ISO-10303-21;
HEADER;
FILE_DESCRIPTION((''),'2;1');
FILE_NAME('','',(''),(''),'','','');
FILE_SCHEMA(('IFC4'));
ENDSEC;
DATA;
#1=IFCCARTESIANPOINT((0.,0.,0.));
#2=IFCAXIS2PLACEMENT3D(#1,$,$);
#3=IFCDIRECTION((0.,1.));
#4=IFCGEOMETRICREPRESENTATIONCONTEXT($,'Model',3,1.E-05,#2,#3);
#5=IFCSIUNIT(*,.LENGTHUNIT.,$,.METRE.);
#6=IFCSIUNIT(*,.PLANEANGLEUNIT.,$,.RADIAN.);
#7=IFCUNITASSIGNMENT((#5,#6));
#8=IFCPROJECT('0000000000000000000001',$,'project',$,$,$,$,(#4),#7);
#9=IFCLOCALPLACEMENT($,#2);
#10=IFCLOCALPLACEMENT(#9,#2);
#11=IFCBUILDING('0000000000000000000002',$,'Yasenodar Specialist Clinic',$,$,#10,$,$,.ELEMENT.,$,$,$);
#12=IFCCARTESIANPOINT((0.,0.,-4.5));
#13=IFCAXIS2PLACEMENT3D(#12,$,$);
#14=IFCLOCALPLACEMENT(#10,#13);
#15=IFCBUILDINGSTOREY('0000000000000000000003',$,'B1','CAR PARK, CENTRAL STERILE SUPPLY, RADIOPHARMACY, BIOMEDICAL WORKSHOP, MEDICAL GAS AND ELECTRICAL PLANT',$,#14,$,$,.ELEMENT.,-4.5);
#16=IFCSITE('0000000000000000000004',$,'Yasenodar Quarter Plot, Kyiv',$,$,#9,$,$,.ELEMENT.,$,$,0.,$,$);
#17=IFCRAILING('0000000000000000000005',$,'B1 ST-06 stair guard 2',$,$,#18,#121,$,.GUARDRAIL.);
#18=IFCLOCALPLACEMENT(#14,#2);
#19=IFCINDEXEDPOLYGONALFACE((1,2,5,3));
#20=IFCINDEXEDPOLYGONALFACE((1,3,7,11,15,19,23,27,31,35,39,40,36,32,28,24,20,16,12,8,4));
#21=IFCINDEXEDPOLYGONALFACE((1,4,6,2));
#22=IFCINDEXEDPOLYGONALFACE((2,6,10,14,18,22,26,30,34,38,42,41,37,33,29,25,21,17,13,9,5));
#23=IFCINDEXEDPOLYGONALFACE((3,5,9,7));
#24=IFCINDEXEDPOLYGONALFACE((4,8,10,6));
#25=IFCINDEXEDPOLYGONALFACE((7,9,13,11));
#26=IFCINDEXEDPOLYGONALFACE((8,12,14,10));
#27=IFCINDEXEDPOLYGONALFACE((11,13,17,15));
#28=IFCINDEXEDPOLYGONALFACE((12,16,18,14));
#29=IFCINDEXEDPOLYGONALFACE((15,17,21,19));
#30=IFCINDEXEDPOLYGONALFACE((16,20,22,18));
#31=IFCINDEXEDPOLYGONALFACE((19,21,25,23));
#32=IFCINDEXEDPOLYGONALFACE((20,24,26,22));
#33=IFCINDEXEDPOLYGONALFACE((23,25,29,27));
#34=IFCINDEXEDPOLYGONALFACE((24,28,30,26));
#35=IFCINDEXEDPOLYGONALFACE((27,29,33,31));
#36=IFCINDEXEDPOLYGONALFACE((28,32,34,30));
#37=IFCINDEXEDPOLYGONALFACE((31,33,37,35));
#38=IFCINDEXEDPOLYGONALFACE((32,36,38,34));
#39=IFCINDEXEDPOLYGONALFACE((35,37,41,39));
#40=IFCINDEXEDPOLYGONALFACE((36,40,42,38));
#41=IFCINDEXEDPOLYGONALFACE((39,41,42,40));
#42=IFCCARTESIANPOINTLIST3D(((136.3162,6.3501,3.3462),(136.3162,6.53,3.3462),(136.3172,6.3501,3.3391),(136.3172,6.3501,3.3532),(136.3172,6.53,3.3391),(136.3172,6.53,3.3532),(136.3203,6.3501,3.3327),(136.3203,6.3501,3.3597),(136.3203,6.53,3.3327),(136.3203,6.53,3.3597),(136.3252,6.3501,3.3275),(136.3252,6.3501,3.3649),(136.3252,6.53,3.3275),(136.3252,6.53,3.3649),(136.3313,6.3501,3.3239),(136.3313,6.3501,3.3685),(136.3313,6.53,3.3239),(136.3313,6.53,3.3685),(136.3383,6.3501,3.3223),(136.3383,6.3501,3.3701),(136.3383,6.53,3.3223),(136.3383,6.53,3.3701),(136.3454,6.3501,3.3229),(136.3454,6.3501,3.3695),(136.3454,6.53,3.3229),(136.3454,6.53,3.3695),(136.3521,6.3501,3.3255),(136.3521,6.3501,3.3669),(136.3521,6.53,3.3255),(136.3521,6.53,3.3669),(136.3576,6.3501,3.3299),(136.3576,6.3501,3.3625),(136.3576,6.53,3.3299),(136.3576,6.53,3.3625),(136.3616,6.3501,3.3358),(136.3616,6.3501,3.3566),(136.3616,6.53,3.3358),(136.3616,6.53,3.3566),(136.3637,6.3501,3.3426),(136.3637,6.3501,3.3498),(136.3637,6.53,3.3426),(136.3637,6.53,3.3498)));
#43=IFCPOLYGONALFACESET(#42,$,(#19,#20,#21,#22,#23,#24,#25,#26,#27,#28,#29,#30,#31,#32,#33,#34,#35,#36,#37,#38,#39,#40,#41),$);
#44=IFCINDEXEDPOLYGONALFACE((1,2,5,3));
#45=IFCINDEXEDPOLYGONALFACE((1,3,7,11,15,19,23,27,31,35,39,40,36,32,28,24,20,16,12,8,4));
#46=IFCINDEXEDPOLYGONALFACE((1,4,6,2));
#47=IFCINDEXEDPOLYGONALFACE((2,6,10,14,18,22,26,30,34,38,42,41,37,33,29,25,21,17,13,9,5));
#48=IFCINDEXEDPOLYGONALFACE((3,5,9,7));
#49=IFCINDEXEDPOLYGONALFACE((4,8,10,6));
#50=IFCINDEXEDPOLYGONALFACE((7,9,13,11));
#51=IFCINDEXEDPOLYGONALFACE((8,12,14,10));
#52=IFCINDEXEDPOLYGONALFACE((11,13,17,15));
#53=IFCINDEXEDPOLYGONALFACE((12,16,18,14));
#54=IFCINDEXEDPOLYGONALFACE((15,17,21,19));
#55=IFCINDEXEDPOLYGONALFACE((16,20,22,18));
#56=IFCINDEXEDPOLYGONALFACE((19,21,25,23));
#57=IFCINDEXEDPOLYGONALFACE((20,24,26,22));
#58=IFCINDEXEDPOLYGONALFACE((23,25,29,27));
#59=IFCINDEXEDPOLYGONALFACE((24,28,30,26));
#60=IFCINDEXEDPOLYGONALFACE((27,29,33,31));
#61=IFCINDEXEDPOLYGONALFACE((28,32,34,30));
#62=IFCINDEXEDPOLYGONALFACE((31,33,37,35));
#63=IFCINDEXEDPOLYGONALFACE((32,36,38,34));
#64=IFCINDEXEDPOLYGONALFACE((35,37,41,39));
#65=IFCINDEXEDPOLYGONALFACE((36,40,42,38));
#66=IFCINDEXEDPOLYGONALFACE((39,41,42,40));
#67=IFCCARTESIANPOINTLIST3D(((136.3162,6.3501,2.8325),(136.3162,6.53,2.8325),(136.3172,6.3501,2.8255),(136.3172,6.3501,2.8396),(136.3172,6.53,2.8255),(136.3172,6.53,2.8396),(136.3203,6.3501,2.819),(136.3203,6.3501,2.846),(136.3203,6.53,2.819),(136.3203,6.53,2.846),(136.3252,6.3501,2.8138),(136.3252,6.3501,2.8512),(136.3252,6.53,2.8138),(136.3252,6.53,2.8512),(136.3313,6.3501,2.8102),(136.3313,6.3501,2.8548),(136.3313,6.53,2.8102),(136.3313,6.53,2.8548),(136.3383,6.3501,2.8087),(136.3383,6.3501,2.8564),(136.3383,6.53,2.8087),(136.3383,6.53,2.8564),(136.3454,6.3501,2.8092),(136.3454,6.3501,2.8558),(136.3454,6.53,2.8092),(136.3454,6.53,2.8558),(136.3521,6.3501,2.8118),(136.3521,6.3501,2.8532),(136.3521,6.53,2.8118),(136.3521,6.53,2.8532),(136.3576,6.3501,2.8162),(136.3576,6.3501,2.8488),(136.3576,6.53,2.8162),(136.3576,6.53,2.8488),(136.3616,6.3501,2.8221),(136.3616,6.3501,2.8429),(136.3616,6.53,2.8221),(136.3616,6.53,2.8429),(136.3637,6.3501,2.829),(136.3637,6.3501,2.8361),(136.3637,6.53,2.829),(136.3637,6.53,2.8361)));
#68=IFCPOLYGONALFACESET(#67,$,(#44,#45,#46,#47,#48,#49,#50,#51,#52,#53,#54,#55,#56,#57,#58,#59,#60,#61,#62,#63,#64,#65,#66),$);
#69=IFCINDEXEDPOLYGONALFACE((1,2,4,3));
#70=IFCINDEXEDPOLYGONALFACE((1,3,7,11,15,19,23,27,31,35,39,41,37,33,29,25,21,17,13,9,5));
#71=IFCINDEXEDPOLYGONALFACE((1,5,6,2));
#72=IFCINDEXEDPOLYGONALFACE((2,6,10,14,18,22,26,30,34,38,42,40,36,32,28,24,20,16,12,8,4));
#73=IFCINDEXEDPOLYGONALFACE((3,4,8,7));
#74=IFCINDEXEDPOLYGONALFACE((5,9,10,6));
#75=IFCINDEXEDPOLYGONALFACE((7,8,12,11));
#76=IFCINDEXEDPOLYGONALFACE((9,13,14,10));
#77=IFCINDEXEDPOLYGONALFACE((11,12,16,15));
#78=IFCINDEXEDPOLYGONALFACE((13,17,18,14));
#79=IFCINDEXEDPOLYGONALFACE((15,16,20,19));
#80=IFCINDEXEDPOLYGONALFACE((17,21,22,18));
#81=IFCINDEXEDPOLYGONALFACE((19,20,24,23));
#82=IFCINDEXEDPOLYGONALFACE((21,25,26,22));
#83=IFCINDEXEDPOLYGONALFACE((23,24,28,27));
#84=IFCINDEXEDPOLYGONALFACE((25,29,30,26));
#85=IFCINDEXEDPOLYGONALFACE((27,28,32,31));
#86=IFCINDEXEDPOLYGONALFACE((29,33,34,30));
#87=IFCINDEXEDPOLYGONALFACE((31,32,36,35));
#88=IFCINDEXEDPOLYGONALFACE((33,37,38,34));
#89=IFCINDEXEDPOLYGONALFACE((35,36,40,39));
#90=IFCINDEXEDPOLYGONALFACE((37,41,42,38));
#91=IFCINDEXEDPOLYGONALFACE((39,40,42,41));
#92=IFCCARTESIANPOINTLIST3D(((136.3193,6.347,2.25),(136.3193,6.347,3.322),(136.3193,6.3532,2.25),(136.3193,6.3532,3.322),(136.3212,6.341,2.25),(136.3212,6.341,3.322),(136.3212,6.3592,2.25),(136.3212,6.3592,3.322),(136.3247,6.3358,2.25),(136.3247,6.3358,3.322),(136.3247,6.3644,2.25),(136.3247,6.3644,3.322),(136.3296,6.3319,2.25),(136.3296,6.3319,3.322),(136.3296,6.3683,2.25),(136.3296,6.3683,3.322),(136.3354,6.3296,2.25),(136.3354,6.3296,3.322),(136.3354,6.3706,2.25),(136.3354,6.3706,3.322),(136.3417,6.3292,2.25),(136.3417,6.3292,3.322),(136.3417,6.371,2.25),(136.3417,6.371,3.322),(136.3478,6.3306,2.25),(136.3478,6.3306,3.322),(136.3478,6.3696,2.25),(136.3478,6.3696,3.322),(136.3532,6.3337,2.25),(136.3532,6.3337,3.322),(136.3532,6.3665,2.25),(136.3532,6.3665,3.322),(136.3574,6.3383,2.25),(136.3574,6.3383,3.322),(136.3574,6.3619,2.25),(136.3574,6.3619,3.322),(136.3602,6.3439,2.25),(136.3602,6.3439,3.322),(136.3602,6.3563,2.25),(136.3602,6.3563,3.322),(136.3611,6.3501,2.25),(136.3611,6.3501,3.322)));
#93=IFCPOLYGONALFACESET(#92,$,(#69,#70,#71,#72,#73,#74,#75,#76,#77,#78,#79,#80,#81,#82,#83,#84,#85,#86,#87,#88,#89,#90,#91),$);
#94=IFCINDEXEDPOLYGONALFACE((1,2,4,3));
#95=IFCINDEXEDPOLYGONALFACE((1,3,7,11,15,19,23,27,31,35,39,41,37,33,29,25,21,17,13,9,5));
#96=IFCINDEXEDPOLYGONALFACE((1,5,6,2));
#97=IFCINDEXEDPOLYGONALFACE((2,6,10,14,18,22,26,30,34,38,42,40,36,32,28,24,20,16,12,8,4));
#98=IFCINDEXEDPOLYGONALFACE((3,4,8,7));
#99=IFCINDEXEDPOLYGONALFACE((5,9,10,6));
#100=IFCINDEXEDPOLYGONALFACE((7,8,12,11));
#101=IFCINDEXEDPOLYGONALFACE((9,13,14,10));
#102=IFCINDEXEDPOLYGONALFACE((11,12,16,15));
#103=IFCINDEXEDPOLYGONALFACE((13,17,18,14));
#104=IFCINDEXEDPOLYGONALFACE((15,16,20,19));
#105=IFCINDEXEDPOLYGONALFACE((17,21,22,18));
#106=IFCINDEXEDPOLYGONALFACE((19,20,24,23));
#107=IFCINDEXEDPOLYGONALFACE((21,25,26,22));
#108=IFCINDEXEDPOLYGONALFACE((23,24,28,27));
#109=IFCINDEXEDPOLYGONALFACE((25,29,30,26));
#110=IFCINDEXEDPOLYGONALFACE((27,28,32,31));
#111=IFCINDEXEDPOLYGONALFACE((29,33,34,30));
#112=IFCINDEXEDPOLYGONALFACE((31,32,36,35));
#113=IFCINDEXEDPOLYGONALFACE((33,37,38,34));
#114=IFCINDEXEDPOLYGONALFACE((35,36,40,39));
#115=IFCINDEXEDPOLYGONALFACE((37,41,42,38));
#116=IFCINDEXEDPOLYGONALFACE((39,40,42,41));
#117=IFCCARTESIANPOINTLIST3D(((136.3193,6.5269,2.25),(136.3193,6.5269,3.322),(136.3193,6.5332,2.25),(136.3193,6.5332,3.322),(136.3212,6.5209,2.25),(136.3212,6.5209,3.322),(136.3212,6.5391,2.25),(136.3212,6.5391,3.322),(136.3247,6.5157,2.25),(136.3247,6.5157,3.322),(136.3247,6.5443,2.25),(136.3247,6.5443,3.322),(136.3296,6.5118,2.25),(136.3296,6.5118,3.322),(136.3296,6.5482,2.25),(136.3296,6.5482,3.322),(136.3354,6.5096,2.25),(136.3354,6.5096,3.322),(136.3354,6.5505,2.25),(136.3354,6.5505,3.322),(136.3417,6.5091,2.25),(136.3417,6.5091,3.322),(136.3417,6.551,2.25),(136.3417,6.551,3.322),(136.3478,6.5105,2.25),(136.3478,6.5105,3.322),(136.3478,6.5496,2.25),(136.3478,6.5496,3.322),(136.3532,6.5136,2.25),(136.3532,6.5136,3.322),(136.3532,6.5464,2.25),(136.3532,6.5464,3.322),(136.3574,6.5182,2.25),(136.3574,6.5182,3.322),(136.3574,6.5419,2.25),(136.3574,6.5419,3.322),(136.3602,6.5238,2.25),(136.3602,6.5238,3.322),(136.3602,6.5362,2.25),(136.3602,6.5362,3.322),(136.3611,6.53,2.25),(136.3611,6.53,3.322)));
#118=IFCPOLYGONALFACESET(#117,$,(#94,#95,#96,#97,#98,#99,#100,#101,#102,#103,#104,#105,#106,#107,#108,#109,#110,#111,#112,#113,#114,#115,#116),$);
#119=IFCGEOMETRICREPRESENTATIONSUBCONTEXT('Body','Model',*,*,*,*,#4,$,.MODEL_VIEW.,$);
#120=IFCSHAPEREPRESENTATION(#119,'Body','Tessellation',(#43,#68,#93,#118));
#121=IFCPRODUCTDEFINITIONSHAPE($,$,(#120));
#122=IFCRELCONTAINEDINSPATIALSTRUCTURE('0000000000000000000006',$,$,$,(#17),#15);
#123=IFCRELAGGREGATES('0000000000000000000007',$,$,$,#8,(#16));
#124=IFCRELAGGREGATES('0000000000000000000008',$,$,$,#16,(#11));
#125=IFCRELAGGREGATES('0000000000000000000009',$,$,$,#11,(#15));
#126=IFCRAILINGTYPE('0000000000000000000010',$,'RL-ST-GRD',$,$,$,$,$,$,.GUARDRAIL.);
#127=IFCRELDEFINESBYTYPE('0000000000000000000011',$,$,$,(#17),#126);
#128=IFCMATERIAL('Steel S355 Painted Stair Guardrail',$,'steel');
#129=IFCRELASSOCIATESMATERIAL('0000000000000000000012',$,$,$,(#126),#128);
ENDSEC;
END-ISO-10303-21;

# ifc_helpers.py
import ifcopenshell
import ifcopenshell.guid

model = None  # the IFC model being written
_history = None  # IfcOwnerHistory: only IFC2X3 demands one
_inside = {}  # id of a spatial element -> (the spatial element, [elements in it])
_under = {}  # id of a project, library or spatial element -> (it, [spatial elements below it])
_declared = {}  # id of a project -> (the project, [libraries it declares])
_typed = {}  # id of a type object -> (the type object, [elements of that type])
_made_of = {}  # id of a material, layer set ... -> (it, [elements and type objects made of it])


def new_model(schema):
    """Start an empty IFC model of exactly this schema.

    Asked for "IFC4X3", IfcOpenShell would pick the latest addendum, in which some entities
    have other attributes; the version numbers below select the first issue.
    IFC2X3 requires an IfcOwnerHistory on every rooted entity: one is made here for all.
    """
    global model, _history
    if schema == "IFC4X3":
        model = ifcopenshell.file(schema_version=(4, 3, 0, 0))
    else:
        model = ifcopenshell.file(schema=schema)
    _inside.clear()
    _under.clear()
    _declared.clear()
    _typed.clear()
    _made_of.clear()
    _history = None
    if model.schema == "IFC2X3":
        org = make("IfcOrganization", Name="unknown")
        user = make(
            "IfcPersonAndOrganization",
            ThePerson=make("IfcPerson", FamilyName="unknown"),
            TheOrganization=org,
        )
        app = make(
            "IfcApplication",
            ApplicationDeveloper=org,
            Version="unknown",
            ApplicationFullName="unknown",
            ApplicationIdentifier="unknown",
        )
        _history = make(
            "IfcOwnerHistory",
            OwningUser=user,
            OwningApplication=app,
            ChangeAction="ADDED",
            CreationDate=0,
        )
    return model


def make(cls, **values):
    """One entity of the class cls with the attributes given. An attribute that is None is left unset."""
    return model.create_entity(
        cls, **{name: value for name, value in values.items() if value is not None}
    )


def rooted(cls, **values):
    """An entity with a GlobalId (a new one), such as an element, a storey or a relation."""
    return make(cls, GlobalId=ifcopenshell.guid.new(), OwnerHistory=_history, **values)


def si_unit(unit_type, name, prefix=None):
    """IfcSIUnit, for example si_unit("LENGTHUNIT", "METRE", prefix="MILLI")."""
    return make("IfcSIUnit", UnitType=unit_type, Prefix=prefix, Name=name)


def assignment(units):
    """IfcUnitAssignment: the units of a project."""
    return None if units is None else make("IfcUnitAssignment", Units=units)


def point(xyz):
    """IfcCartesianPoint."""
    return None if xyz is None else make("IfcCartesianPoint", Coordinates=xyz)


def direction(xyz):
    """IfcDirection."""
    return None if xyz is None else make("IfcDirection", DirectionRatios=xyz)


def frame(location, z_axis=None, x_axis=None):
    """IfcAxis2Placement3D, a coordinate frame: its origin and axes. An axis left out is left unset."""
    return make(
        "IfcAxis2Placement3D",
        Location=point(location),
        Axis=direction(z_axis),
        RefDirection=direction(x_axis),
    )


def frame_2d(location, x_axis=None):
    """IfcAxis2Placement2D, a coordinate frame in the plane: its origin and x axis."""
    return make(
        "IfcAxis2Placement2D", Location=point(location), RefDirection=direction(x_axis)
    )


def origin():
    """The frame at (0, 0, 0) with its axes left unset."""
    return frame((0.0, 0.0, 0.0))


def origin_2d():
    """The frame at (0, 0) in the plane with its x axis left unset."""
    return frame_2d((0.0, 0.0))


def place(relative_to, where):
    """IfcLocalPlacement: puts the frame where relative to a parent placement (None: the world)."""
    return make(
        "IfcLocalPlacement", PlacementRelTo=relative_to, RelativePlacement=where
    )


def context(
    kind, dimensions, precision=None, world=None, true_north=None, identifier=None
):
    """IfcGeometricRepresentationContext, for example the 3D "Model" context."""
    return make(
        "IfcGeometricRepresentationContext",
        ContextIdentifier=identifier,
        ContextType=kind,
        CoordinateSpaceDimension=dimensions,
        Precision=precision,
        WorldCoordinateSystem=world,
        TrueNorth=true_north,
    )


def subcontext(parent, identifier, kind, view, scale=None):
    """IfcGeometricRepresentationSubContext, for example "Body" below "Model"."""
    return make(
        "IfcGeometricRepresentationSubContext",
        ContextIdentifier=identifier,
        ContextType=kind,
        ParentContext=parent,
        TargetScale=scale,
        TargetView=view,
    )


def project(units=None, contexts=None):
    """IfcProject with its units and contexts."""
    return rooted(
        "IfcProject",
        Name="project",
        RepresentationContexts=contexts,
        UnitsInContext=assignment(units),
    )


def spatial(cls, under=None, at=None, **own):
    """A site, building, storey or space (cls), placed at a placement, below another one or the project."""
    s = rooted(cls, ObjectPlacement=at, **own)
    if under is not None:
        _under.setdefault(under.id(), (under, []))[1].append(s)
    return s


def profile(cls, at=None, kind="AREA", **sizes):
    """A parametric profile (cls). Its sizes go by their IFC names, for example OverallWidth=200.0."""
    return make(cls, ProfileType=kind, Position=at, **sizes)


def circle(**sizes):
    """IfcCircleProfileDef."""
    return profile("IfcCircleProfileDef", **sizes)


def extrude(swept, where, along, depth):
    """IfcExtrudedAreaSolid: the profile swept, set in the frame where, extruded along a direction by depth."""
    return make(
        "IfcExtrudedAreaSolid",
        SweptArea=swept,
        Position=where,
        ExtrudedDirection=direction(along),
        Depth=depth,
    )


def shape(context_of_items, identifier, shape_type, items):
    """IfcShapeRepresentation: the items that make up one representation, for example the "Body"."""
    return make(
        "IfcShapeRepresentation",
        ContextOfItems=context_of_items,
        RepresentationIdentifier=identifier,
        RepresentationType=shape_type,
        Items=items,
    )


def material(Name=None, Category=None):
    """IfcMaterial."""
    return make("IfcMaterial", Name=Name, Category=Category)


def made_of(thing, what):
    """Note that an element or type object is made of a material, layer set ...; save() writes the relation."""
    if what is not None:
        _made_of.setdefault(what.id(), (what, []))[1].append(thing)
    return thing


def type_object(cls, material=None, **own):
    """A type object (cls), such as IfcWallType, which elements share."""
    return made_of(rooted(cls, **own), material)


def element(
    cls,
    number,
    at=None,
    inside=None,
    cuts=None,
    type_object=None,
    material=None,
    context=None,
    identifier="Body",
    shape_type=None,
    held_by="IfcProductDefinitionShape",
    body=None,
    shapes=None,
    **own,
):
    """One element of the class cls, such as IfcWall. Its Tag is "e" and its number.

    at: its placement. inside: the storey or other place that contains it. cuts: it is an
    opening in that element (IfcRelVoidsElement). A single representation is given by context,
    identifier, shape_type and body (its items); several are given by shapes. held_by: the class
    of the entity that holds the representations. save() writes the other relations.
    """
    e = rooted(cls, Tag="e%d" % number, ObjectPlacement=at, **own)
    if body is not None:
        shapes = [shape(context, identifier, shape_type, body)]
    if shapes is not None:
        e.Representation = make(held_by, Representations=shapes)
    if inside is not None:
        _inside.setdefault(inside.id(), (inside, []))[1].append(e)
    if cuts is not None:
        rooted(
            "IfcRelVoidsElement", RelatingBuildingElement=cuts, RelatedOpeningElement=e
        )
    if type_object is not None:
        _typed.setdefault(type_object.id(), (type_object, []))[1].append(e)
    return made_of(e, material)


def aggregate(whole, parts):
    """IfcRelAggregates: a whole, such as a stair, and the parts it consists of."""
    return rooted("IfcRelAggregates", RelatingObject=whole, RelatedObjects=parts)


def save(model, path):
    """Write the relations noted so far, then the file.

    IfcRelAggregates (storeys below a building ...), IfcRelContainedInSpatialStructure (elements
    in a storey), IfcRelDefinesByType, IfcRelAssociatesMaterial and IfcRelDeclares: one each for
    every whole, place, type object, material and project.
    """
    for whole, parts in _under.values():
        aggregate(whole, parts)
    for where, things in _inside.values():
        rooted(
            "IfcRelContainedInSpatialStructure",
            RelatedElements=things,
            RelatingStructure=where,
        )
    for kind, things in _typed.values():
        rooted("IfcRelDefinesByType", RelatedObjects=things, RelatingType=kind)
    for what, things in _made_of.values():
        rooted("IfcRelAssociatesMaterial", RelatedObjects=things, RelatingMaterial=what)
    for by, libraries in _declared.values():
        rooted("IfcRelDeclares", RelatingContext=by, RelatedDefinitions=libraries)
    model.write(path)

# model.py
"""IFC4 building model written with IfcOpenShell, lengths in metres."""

from ifc_helpers import new_model, si_unit, direction, frame, origin, origin_2d, place, context, subcontext, project, spatial, circle, extrude, material, type_object, element, save


model = new_model("IFC4")

# Units and contexts
model_context = context("Model", 3, precision=1e-05, world=origin(), true_north=direction((0.0, 1.0)))
body_context = subcontext(model_context, "Body", "Model", "MODEL_VIEW")
ifc_project = project(units=[si_unit("LENGTHUNIT", "METRE"), si_unit("PLANEANGLEUNIT", "RADIAN")], contexts=[model_context])

# Site, building, storey
site_placement = place(None, origin())
site = spatial("IfcSite", under=ifc_project, at=site_placement, Name="Yasenodar Quarter Plot, Kyiv", CompositionType="ELEMENT", RefElevation=0.0)
building_placement = place(site_placement, origin())
building = spatial("IfcBuilding", under=site, at=building_placement, Name="Yasenodar Specialist Clinic", CompositionType="ELEMENT")
storey_placement = place(building_placement, frame((0.0, 0.0, -4.5)))
storey = spatial("IfcBuildingStorey", under=building, at=storey_placement, Name="B1", Description="CAR PARK, CENTRAL STERILE SUPPLY, RADIOPHARMACY, BIOMEDICAL WORKSHOP, MEDICAL GAS AND ELECTRICAL PLANT", CompositionType="ELEMENT", Elevation=-4.5)

# Railing
ifc_material_1 = material(Name="Steel S355 Painted Stair Guardrail", Category="steel")
railing_type_1 = type_object("IfcRailingType", Name="RL-ST-GRD", PredefinedType="GUARDRAIL", material=ifc_material_1)
railing_1_placement = place(storey_placement, frame((136.3401, 6.3501, 2.25)))
element("IfcRailing", 1, at=railing_1_placement, inside=storey, type_object=railing_type_1, Name="B1 ST-06 stair guard 2", PredefinedType="GUARDRAIL", context=body_context, shape_type="SweptSolid", body=[
    extrude(circle(Radius=0.0239, at=origin_2d()), frame((0.0, 0.0, 1.0962), z_axis=(0.0, 1.0, 0.0), x_axis=(-1.0, 0.0, 0.0)), (0.0, 0.0, 1.0), 0.1799),
    extrude(circle(Radius=0.0239, at=origin_2d()), frame((0.0, 0.0, 0.5825), z_axis=(0.0, 1.0, 0.0), x_axis=(-1.0, 0.0, 0.0)), (0.0, 0.0, 1.0), 0.1799),
    extrude(circle(Radius=0.021, at=origin_2d()), origin(), (0.0, 0.0, 1.0), 1.072),
    extrude(circle(Radius=0.021, at=origin_2d()), frame((0.0, 0.1799, 0.0)), (0.0, 0.0, 1.0), 1.072),
])

save(model, "model.ifc")
